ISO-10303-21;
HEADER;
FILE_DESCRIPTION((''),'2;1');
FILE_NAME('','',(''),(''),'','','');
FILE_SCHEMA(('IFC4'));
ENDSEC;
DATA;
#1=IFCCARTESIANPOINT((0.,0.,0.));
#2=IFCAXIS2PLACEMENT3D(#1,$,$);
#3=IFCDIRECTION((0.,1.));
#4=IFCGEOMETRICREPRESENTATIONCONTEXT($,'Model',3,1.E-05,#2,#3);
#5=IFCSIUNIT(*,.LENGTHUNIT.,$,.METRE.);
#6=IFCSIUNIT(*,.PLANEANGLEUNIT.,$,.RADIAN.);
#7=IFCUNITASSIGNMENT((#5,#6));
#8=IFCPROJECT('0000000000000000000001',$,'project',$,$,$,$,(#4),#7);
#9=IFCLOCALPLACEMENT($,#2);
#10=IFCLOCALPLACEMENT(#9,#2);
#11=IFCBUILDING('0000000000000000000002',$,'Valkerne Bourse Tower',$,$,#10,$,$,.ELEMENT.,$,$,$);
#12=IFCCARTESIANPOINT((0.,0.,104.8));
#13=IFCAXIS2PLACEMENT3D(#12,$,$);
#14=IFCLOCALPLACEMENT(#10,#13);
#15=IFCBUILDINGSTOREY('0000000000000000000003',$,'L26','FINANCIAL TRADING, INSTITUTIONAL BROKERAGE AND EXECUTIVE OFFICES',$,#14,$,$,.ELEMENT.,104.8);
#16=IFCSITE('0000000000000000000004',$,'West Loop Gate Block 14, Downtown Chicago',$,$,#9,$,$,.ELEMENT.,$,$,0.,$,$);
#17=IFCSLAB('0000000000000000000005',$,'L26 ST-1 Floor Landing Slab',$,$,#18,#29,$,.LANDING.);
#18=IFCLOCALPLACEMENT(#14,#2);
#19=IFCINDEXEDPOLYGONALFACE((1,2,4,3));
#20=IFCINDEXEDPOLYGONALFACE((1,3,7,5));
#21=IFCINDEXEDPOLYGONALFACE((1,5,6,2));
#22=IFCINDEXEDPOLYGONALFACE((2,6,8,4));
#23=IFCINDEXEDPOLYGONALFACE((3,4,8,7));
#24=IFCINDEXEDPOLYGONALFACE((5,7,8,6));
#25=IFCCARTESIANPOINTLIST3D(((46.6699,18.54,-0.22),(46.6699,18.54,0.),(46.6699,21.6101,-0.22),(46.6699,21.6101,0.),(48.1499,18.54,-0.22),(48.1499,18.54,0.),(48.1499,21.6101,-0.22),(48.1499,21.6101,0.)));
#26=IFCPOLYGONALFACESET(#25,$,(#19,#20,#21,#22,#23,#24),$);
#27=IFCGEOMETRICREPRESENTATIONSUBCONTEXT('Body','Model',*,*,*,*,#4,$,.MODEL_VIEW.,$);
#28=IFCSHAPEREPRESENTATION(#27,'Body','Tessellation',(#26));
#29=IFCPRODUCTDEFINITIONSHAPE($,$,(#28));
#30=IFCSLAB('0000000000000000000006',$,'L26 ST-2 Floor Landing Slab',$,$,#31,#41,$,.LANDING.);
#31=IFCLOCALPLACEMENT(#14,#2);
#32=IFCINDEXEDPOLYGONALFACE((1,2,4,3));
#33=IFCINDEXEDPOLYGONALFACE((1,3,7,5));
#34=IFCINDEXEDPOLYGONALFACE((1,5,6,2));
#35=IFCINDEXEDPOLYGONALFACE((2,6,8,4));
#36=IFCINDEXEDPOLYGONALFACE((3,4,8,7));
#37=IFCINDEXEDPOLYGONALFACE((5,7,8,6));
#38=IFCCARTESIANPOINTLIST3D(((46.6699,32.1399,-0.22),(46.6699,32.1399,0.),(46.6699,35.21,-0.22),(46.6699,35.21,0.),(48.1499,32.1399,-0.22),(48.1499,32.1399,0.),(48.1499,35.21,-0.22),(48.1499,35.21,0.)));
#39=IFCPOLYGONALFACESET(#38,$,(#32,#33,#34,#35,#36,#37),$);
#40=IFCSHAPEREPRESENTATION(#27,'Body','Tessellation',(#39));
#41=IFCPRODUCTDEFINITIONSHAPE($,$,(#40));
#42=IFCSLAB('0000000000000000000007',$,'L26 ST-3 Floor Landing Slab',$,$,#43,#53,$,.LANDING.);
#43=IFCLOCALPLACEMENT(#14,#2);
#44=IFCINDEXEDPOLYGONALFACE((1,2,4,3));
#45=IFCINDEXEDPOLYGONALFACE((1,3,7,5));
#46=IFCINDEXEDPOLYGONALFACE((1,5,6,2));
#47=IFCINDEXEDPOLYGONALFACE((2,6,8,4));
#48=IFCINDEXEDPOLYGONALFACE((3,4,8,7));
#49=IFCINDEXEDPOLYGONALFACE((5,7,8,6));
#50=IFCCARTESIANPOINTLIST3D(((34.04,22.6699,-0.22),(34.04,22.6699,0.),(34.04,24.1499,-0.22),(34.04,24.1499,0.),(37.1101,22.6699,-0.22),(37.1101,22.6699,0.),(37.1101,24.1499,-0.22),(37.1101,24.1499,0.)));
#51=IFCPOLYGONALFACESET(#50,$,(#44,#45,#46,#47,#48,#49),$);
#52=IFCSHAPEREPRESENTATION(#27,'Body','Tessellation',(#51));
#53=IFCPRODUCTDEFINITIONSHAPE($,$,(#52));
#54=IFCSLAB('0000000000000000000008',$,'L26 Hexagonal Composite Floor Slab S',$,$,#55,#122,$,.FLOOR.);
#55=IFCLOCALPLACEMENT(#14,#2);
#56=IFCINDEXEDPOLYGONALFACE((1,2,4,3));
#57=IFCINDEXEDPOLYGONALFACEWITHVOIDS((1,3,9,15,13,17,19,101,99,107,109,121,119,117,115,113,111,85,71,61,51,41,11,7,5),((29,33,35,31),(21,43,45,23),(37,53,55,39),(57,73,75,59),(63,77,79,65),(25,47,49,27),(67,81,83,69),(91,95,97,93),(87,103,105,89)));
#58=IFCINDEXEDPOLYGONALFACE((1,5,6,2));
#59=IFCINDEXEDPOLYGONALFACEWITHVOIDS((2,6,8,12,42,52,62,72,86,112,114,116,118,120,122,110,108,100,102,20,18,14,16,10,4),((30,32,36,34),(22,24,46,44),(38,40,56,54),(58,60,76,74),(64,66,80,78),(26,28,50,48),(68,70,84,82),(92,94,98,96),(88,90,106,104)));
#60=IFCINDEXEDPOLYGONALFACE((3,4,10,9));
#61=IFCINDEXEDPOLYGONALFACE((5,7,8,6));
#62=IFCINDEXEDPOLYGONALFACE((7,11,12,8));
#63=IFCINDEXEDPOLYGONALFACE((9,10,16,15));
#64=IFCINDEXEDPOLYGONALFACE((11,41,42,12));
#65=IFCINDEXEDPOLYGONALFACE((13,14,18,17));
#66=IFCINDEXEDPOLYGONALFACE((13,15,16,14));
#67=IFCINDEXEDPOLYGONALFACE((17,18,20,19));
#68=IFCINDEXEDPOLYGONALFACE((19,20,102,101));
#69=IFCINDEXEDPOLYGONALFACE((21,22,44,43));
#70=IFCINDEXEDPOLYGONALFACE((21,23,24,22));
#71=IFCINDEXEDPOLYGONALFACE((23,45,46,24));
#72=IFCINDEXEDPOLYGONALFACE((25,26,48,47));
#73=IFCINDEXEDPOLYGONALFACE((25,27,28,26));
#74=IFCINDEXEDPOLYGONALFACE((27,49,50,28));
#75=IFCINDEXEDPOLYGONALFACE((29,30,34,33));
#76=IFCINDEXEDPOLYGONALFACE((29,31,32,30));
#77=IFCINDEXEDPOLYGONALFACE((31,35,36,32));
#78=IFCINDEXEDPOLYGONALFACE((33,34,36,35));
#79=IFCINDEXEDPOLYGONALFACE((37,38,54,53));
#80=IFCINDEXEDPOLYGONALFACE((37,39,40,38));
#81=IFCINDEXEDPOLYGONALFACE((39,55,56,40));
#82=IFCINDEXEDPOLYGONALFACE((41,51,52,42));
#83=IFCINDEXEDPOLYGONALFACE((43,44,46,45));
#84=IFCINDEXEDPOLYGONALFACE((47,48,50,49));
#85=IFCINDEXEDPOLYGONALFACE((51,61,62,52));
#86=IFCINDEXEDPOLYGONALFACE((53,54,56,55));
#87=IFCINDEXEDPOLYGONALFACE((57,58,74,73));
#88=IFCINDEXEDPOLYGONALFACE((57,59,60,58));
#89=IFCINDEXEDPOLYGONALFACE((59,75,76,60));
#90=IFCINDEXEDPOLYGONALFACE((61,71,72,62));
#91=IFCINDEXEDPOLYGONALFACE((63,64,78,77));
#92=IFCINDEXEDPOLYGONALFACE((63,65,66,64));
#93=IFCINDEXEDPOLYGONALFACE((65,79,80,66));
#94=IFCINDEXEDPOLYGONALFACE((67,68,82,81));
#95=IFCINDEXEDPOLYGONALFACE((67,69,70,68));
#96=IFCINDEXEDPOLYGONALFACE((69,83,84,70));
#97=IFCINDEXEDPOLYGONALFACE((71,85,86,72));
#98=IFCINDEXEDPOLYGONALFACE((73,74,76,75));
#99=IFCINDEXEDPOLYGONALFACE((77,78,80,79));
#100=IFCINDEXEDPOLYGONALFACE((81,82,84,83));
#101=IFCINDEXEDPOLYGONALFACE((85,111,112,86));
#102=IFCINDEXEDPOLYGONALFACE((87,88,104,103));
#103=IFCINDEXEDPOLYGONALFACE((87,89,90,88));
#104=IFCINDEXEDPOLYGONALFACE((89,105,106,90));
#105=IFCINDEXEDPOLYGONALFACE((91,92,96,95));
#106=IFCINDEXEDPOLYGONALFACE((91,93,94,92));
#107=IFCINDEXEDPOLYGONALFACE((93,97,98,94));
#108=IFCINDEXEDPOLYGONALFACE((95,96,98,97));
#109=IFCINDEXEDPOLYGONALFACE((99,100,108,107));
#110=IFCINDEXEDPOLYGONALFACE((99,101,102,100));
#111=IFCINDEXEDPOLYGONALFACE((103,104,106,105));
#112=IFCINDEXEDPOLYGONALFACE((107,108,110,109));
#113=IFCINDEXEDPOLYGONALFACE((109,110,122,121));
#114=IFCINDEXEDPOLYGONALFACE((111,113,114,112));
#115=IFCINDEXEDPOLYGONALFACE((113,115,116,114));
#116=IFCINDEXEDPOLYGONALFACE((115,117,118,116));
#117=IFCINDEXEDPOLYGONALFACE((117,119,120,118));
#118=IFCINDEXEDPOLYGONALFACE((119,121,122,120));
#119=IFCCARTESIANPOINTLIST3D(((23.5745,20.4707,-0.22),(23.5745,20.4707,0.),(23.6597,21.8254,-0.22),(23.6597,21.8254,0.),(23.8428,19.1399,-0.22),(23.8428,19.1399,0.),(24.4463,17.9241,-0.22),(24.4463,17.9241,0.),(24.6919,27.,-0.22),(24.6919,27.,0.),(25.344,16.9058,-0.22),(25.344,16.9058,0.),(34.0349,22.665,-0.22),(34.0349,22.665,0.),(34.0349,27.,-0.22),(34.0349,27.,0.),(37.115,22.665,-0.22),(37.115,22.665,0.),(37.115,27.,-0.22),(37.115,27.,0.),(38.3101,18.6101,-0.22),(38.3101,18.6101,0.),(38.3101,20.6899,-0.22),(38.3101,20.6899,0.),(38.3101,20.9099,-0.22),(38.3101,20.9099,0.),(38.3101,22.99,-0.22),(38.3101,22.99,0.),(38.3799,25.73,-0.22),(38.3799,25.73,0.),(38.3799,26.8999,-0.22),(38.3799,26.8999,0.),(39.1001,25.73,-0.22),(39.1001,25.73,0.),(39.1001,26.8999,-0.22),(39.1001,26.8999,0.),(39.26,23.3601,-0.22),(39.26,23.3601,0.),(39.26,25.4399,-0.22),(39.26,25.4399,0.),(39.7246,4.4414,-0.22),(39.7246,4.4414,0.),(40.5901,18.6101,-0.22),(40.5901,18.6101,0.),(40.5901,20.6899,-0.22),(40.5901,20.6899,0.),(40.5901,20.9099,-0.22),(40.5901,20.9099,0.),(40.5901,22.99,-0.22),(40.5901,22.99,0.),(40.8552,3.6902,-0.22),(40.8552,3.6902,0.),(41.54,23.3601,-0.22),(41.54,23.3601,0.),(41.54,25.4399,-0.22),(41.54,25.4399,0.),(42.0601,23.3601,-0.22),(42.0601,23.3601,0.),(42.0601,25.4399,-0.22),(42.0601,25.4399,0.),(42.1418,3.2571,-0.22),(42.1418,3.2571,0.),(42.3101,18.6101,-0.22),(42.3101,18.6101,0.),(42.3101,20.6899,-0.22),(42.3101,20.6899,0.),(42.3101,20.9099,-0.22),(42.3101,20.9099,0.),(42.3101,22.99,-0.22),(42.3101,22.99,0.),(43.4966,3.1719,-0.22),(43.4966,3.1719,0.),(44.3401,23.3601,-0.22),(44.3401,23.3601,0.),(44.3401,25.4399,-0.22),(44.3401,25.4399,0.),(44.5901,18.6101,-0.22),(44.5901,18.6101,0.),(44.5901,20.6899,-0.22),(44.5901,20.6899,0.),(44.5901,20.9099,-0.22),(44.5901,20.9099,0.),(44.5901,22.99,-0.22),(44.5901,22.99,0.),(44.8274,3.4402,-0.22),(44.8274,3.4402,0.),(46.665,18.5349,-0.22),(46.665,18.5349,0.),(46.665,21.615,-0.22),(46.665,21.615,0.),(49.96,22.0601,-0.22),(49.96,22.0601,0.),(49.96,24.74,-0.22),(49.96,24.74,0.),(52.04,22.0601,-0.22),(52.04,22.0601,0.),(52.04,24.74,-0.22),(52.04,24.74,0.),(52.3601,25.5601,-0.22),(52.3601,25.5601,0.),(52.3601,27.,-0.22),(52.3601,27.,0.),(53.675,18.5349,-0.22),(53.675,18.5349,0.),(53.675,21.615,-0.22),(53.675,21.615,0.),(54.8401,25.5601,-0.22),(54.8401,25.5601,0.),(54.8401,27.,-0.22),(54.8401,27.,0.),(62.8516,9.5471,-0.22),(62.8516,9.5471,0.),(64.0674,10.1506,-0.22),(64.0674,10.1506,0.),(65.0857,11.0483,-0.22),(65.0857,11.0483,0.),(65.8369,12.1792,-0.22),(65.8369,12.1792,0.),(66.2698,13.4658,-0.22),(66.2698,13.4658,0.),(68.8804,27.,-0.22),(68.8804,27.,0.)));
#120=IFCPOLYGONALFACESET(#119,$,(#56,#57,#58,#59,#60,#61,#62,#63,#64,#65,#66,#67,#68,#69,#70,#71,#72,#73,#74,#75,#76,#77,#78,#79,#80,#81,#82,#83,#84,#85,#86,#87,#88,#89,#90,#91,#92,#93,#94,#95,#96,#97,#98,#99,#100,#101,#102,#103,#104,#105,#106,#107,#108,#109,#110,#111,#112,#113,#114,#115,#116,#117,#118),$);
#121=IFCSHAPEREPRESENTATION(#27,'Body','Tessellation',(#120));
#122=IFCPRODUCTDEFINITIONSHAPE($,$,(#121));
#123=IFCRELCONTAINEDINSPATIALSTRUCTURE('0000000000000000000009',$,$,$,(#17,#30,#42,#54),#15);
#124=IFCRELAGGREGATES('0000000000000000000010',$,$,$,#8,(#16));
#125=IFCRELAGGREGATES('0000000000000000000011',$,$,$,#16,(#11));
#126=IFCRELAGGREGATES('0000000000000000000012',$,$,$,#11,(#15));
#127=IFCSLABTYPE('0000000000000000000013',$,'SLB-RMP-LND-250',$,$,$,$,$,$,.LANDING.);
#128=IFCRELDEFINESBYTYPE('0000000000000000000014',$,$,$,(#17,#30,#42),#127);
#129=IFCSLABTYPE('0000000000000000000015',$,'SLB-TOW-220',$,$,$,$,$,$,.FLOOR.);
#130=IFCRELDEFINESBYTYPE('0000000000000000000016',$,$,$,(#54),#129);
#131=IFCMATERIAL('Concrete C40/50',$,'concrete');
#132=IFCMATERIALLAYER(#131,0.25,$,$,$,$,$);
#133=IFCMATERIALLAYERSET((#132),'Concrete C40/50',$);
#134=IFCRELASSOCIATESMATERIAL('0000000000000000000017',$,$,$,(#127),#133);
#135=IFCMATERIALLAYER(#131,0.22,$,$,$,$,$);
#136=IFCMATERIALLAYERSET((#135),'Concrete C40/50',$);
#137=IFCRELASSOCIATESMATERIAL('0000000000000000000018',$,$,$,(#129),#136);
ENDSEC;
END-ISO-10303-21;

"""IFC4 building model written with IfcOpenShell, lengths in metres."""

from ifc_helpers import new_model, si_unit, direction, frame, origin, place, context, subcontext, project, spatial, polyline, outline, extrude, material, layer, layer_set, type_object, element, save


model = new_model("IFC4")

# Units and contexts
model_context = context("Model", 3, precision=1e-05, world=origin(), true_north=direction((0.0, 1.0)))
body_context = subcontext(model_context, "Body", "Model", "MODEL_VIEW")
ifc_project = project(units=[si_unit("LENGTHUNIT", "METRE"), si_unit("PLANEANGLEUNIT", "RADIAN")], contexts=[model_context])

# Site, building, storey
site_placement = place(None, origin())
site = spatial("IfcSite", under=ifc_project, at=site_placement, Name="West Loop Gate Block 14, Downtown Chicago", CompositionType="ELEMENT", RefElevation=0.0)
building_placement = place(site_placement, origin())
building = spatial("IfcBuilding", under=site, at=building_placement, Name="Valkerne Bourse Tower", CompositionType="ELEMENT")
storey_placement = place(building_placement, frame((0.0, 0.0, 104.8)))
storey = spatial("IfcBuildingStorey", under=building, at=storey_placement, Name="L26", Description="FINANCIAL TRADING, INSTITUTIONAL BROKERAGE AND EXECUTIVE OFFICES", CompositionType="ELEMENT", Elevation=104.8)

# Slabs
ifc_material_1 = material(Name="Concrete C40/50", Category="concrete")
ifc_layer_1 = layer(ifc_material_1, 0.25)
ifc_layer_set_1 = layer_set([ifc_layer_1], Name="Concrete C40/50")
slab_type_1 = type_object("IfcSlabType", Name="SLB-RMP-LND-250", PredefinedType="LANDING", material=ifc_layer_set_1)
slab_1_placement = place(storey_placement, frame((0.0, 0.0, -0.22)))
element("IfcSlab", 1, at=slab_1_placement, inside=storey, type_object=slab_type_1, Name="L26 ST-1 Floor Landing Slab", PredefinedType="LANDING", context=body_context, shape_type="SweptSolid", body=[
    extrude(outline(polyline([(46.6699, 18.54), (48.1499, 18.54), (48.1499, 21.6101), (46.6699, 21.6101), (46.6699, 18.54)])), origin(), (0.0, 0.0, 1.0), 0.22),
])
slab_2_placement = place(storey_placement, frame((0.0, 0.0, -0.22)))
element("IfcSlab", 2, at=slab_2_placement, inside=storey, type_object=slab_type_1, Name="L26 ST-2 Floor Landing Slab", PredefinedType="LANDING", context=body_context, shape_type="SweptSolid", body=[
    extrude(outline(polyline([(46.6699, 32.1399), (48.1499, 32.1399), (48.1499, 35.21), (46.6699, 35.21), (46.6699, 32.1399)])), origin(), (0.0, 0.0, 1.0), 0.22),
])
slab_3_placement = place(storey_placement, frame((0.0, 0.0, -0.22)))
element("IfcSlab", 3, at=slab_3_placement, inside=storey, type_object=slab_type_1, Name="L26 ST-3 Floor Landing Slab", PredefinedType="LANDING", context=body_context, shape_type="SweptSolid", body=[
    extrude(outline(polyline([(37.1101, 22.6699), (37.1101, 24.1499), (34.04, 24.1499), (34.04, 22.6699), (37.1101, 22.6699)])), origin(), (0.0, 0.0, 1.0), 0.22),
])
ifc_layer_2 = layer(ifc_material_1, 0.22)
ifc_layer_set_2 = layer_set([ifc_layer_2], Name="Concrete C40/50")
slab_type_2 = type_object("IfcSlabType", Name="SLB-TOW-220", PredefinedType="FLOOR", material=ifc_layer_set_2)
slab_4_placement = place(storey_placement, frame((0.0, 0.0, -0.22)))
element("IfcSlab", 4, at=slab_4_placement, inside=storey, type_object=slab_type_2, Name="L26 Hexagonal Composite Floor Slab S", PredefinedType="FLOOR", context=body_context, shape_type="SweptSolid", body=[
    extrude(outline(polyline([(65.8369, 12.1792), (65.0857, 11.0483), (64.0674, 10.1506), (62.8516, 9.5471), (44.8274, 3.4402), (43.4966, 3.1719), (42.1418, 3.2571), (40.8552, 3.6902), (39.7246, 4.4414), (25.344, 16.9058), (24.4463, 17.9241), (23.8428, 19.1399), (23.5745, 20.4707), (23.6597, 21.8254), (24.6919, 27.0), (34.0349, 27.0), (34.0349, 22.665), (37.115, 22.665), (37.115, 27.0), (52.3601, 27.0), (52.3601, 25.5601), (54.8401, 25.5601), (54.8401, 27.0), (68.8804, 27.0), (66.2698, 13.4658), (65.8369, 12.1792)]), holes=[polyline([(40.5901, 20.6899), (38.3101, 20.6899), (38.3101, 18.6101), (40.5901, 18.6101), (40.5901, 20.6899)]), polyline([(40.5901, 22.99), (38.3101, 22.99), (38.3101, 20.9099), (40.5901, 20.9099), (40.5901, 22.99)]), polyline([(41.54, 25.4399), (39.26, 25.4399), (39.26, 23.3601), (41.54, 23.3601), (41.54, 25.4399)]), polyline([(39.1001, 25.73), (39.1001, 26.8999), (38.3799, 26.8999), (38.3799, 25.73), (39.1001, 25.73)]), polyline([(44.5901, 20.6899), (42.3101, 20.6899), (42.3101, 18.6101), (44.5901, 18.6101), (44.5901, 20.6899)]), polyline([(53.675, 21.615), (46.665, 21.615), (46.665, 18.5349), (53.675, 18.5349), (53.675, 21.615)]), polyline([(44.5901, 22.99), (42.3101, 22.99), (42.3101, 20.9099), (44.5901, 20.9099), (44.5901, 22.99)]), polyline([(52.04, 22.0601), (52.04, 24.74), (49.96, 24.74), (49.96, 22.0601), (52.04, 22.0601)]), polyline([(44.3401, 23.3601), (44.3401, 25.4399), (42.0601, 25.4399), (42.0601, 23.3601), (44.3401, 23.3601)])]), origin(), (0.0, 0.0, 1.0), 0.22),
])

save(model, "model.ifc")
